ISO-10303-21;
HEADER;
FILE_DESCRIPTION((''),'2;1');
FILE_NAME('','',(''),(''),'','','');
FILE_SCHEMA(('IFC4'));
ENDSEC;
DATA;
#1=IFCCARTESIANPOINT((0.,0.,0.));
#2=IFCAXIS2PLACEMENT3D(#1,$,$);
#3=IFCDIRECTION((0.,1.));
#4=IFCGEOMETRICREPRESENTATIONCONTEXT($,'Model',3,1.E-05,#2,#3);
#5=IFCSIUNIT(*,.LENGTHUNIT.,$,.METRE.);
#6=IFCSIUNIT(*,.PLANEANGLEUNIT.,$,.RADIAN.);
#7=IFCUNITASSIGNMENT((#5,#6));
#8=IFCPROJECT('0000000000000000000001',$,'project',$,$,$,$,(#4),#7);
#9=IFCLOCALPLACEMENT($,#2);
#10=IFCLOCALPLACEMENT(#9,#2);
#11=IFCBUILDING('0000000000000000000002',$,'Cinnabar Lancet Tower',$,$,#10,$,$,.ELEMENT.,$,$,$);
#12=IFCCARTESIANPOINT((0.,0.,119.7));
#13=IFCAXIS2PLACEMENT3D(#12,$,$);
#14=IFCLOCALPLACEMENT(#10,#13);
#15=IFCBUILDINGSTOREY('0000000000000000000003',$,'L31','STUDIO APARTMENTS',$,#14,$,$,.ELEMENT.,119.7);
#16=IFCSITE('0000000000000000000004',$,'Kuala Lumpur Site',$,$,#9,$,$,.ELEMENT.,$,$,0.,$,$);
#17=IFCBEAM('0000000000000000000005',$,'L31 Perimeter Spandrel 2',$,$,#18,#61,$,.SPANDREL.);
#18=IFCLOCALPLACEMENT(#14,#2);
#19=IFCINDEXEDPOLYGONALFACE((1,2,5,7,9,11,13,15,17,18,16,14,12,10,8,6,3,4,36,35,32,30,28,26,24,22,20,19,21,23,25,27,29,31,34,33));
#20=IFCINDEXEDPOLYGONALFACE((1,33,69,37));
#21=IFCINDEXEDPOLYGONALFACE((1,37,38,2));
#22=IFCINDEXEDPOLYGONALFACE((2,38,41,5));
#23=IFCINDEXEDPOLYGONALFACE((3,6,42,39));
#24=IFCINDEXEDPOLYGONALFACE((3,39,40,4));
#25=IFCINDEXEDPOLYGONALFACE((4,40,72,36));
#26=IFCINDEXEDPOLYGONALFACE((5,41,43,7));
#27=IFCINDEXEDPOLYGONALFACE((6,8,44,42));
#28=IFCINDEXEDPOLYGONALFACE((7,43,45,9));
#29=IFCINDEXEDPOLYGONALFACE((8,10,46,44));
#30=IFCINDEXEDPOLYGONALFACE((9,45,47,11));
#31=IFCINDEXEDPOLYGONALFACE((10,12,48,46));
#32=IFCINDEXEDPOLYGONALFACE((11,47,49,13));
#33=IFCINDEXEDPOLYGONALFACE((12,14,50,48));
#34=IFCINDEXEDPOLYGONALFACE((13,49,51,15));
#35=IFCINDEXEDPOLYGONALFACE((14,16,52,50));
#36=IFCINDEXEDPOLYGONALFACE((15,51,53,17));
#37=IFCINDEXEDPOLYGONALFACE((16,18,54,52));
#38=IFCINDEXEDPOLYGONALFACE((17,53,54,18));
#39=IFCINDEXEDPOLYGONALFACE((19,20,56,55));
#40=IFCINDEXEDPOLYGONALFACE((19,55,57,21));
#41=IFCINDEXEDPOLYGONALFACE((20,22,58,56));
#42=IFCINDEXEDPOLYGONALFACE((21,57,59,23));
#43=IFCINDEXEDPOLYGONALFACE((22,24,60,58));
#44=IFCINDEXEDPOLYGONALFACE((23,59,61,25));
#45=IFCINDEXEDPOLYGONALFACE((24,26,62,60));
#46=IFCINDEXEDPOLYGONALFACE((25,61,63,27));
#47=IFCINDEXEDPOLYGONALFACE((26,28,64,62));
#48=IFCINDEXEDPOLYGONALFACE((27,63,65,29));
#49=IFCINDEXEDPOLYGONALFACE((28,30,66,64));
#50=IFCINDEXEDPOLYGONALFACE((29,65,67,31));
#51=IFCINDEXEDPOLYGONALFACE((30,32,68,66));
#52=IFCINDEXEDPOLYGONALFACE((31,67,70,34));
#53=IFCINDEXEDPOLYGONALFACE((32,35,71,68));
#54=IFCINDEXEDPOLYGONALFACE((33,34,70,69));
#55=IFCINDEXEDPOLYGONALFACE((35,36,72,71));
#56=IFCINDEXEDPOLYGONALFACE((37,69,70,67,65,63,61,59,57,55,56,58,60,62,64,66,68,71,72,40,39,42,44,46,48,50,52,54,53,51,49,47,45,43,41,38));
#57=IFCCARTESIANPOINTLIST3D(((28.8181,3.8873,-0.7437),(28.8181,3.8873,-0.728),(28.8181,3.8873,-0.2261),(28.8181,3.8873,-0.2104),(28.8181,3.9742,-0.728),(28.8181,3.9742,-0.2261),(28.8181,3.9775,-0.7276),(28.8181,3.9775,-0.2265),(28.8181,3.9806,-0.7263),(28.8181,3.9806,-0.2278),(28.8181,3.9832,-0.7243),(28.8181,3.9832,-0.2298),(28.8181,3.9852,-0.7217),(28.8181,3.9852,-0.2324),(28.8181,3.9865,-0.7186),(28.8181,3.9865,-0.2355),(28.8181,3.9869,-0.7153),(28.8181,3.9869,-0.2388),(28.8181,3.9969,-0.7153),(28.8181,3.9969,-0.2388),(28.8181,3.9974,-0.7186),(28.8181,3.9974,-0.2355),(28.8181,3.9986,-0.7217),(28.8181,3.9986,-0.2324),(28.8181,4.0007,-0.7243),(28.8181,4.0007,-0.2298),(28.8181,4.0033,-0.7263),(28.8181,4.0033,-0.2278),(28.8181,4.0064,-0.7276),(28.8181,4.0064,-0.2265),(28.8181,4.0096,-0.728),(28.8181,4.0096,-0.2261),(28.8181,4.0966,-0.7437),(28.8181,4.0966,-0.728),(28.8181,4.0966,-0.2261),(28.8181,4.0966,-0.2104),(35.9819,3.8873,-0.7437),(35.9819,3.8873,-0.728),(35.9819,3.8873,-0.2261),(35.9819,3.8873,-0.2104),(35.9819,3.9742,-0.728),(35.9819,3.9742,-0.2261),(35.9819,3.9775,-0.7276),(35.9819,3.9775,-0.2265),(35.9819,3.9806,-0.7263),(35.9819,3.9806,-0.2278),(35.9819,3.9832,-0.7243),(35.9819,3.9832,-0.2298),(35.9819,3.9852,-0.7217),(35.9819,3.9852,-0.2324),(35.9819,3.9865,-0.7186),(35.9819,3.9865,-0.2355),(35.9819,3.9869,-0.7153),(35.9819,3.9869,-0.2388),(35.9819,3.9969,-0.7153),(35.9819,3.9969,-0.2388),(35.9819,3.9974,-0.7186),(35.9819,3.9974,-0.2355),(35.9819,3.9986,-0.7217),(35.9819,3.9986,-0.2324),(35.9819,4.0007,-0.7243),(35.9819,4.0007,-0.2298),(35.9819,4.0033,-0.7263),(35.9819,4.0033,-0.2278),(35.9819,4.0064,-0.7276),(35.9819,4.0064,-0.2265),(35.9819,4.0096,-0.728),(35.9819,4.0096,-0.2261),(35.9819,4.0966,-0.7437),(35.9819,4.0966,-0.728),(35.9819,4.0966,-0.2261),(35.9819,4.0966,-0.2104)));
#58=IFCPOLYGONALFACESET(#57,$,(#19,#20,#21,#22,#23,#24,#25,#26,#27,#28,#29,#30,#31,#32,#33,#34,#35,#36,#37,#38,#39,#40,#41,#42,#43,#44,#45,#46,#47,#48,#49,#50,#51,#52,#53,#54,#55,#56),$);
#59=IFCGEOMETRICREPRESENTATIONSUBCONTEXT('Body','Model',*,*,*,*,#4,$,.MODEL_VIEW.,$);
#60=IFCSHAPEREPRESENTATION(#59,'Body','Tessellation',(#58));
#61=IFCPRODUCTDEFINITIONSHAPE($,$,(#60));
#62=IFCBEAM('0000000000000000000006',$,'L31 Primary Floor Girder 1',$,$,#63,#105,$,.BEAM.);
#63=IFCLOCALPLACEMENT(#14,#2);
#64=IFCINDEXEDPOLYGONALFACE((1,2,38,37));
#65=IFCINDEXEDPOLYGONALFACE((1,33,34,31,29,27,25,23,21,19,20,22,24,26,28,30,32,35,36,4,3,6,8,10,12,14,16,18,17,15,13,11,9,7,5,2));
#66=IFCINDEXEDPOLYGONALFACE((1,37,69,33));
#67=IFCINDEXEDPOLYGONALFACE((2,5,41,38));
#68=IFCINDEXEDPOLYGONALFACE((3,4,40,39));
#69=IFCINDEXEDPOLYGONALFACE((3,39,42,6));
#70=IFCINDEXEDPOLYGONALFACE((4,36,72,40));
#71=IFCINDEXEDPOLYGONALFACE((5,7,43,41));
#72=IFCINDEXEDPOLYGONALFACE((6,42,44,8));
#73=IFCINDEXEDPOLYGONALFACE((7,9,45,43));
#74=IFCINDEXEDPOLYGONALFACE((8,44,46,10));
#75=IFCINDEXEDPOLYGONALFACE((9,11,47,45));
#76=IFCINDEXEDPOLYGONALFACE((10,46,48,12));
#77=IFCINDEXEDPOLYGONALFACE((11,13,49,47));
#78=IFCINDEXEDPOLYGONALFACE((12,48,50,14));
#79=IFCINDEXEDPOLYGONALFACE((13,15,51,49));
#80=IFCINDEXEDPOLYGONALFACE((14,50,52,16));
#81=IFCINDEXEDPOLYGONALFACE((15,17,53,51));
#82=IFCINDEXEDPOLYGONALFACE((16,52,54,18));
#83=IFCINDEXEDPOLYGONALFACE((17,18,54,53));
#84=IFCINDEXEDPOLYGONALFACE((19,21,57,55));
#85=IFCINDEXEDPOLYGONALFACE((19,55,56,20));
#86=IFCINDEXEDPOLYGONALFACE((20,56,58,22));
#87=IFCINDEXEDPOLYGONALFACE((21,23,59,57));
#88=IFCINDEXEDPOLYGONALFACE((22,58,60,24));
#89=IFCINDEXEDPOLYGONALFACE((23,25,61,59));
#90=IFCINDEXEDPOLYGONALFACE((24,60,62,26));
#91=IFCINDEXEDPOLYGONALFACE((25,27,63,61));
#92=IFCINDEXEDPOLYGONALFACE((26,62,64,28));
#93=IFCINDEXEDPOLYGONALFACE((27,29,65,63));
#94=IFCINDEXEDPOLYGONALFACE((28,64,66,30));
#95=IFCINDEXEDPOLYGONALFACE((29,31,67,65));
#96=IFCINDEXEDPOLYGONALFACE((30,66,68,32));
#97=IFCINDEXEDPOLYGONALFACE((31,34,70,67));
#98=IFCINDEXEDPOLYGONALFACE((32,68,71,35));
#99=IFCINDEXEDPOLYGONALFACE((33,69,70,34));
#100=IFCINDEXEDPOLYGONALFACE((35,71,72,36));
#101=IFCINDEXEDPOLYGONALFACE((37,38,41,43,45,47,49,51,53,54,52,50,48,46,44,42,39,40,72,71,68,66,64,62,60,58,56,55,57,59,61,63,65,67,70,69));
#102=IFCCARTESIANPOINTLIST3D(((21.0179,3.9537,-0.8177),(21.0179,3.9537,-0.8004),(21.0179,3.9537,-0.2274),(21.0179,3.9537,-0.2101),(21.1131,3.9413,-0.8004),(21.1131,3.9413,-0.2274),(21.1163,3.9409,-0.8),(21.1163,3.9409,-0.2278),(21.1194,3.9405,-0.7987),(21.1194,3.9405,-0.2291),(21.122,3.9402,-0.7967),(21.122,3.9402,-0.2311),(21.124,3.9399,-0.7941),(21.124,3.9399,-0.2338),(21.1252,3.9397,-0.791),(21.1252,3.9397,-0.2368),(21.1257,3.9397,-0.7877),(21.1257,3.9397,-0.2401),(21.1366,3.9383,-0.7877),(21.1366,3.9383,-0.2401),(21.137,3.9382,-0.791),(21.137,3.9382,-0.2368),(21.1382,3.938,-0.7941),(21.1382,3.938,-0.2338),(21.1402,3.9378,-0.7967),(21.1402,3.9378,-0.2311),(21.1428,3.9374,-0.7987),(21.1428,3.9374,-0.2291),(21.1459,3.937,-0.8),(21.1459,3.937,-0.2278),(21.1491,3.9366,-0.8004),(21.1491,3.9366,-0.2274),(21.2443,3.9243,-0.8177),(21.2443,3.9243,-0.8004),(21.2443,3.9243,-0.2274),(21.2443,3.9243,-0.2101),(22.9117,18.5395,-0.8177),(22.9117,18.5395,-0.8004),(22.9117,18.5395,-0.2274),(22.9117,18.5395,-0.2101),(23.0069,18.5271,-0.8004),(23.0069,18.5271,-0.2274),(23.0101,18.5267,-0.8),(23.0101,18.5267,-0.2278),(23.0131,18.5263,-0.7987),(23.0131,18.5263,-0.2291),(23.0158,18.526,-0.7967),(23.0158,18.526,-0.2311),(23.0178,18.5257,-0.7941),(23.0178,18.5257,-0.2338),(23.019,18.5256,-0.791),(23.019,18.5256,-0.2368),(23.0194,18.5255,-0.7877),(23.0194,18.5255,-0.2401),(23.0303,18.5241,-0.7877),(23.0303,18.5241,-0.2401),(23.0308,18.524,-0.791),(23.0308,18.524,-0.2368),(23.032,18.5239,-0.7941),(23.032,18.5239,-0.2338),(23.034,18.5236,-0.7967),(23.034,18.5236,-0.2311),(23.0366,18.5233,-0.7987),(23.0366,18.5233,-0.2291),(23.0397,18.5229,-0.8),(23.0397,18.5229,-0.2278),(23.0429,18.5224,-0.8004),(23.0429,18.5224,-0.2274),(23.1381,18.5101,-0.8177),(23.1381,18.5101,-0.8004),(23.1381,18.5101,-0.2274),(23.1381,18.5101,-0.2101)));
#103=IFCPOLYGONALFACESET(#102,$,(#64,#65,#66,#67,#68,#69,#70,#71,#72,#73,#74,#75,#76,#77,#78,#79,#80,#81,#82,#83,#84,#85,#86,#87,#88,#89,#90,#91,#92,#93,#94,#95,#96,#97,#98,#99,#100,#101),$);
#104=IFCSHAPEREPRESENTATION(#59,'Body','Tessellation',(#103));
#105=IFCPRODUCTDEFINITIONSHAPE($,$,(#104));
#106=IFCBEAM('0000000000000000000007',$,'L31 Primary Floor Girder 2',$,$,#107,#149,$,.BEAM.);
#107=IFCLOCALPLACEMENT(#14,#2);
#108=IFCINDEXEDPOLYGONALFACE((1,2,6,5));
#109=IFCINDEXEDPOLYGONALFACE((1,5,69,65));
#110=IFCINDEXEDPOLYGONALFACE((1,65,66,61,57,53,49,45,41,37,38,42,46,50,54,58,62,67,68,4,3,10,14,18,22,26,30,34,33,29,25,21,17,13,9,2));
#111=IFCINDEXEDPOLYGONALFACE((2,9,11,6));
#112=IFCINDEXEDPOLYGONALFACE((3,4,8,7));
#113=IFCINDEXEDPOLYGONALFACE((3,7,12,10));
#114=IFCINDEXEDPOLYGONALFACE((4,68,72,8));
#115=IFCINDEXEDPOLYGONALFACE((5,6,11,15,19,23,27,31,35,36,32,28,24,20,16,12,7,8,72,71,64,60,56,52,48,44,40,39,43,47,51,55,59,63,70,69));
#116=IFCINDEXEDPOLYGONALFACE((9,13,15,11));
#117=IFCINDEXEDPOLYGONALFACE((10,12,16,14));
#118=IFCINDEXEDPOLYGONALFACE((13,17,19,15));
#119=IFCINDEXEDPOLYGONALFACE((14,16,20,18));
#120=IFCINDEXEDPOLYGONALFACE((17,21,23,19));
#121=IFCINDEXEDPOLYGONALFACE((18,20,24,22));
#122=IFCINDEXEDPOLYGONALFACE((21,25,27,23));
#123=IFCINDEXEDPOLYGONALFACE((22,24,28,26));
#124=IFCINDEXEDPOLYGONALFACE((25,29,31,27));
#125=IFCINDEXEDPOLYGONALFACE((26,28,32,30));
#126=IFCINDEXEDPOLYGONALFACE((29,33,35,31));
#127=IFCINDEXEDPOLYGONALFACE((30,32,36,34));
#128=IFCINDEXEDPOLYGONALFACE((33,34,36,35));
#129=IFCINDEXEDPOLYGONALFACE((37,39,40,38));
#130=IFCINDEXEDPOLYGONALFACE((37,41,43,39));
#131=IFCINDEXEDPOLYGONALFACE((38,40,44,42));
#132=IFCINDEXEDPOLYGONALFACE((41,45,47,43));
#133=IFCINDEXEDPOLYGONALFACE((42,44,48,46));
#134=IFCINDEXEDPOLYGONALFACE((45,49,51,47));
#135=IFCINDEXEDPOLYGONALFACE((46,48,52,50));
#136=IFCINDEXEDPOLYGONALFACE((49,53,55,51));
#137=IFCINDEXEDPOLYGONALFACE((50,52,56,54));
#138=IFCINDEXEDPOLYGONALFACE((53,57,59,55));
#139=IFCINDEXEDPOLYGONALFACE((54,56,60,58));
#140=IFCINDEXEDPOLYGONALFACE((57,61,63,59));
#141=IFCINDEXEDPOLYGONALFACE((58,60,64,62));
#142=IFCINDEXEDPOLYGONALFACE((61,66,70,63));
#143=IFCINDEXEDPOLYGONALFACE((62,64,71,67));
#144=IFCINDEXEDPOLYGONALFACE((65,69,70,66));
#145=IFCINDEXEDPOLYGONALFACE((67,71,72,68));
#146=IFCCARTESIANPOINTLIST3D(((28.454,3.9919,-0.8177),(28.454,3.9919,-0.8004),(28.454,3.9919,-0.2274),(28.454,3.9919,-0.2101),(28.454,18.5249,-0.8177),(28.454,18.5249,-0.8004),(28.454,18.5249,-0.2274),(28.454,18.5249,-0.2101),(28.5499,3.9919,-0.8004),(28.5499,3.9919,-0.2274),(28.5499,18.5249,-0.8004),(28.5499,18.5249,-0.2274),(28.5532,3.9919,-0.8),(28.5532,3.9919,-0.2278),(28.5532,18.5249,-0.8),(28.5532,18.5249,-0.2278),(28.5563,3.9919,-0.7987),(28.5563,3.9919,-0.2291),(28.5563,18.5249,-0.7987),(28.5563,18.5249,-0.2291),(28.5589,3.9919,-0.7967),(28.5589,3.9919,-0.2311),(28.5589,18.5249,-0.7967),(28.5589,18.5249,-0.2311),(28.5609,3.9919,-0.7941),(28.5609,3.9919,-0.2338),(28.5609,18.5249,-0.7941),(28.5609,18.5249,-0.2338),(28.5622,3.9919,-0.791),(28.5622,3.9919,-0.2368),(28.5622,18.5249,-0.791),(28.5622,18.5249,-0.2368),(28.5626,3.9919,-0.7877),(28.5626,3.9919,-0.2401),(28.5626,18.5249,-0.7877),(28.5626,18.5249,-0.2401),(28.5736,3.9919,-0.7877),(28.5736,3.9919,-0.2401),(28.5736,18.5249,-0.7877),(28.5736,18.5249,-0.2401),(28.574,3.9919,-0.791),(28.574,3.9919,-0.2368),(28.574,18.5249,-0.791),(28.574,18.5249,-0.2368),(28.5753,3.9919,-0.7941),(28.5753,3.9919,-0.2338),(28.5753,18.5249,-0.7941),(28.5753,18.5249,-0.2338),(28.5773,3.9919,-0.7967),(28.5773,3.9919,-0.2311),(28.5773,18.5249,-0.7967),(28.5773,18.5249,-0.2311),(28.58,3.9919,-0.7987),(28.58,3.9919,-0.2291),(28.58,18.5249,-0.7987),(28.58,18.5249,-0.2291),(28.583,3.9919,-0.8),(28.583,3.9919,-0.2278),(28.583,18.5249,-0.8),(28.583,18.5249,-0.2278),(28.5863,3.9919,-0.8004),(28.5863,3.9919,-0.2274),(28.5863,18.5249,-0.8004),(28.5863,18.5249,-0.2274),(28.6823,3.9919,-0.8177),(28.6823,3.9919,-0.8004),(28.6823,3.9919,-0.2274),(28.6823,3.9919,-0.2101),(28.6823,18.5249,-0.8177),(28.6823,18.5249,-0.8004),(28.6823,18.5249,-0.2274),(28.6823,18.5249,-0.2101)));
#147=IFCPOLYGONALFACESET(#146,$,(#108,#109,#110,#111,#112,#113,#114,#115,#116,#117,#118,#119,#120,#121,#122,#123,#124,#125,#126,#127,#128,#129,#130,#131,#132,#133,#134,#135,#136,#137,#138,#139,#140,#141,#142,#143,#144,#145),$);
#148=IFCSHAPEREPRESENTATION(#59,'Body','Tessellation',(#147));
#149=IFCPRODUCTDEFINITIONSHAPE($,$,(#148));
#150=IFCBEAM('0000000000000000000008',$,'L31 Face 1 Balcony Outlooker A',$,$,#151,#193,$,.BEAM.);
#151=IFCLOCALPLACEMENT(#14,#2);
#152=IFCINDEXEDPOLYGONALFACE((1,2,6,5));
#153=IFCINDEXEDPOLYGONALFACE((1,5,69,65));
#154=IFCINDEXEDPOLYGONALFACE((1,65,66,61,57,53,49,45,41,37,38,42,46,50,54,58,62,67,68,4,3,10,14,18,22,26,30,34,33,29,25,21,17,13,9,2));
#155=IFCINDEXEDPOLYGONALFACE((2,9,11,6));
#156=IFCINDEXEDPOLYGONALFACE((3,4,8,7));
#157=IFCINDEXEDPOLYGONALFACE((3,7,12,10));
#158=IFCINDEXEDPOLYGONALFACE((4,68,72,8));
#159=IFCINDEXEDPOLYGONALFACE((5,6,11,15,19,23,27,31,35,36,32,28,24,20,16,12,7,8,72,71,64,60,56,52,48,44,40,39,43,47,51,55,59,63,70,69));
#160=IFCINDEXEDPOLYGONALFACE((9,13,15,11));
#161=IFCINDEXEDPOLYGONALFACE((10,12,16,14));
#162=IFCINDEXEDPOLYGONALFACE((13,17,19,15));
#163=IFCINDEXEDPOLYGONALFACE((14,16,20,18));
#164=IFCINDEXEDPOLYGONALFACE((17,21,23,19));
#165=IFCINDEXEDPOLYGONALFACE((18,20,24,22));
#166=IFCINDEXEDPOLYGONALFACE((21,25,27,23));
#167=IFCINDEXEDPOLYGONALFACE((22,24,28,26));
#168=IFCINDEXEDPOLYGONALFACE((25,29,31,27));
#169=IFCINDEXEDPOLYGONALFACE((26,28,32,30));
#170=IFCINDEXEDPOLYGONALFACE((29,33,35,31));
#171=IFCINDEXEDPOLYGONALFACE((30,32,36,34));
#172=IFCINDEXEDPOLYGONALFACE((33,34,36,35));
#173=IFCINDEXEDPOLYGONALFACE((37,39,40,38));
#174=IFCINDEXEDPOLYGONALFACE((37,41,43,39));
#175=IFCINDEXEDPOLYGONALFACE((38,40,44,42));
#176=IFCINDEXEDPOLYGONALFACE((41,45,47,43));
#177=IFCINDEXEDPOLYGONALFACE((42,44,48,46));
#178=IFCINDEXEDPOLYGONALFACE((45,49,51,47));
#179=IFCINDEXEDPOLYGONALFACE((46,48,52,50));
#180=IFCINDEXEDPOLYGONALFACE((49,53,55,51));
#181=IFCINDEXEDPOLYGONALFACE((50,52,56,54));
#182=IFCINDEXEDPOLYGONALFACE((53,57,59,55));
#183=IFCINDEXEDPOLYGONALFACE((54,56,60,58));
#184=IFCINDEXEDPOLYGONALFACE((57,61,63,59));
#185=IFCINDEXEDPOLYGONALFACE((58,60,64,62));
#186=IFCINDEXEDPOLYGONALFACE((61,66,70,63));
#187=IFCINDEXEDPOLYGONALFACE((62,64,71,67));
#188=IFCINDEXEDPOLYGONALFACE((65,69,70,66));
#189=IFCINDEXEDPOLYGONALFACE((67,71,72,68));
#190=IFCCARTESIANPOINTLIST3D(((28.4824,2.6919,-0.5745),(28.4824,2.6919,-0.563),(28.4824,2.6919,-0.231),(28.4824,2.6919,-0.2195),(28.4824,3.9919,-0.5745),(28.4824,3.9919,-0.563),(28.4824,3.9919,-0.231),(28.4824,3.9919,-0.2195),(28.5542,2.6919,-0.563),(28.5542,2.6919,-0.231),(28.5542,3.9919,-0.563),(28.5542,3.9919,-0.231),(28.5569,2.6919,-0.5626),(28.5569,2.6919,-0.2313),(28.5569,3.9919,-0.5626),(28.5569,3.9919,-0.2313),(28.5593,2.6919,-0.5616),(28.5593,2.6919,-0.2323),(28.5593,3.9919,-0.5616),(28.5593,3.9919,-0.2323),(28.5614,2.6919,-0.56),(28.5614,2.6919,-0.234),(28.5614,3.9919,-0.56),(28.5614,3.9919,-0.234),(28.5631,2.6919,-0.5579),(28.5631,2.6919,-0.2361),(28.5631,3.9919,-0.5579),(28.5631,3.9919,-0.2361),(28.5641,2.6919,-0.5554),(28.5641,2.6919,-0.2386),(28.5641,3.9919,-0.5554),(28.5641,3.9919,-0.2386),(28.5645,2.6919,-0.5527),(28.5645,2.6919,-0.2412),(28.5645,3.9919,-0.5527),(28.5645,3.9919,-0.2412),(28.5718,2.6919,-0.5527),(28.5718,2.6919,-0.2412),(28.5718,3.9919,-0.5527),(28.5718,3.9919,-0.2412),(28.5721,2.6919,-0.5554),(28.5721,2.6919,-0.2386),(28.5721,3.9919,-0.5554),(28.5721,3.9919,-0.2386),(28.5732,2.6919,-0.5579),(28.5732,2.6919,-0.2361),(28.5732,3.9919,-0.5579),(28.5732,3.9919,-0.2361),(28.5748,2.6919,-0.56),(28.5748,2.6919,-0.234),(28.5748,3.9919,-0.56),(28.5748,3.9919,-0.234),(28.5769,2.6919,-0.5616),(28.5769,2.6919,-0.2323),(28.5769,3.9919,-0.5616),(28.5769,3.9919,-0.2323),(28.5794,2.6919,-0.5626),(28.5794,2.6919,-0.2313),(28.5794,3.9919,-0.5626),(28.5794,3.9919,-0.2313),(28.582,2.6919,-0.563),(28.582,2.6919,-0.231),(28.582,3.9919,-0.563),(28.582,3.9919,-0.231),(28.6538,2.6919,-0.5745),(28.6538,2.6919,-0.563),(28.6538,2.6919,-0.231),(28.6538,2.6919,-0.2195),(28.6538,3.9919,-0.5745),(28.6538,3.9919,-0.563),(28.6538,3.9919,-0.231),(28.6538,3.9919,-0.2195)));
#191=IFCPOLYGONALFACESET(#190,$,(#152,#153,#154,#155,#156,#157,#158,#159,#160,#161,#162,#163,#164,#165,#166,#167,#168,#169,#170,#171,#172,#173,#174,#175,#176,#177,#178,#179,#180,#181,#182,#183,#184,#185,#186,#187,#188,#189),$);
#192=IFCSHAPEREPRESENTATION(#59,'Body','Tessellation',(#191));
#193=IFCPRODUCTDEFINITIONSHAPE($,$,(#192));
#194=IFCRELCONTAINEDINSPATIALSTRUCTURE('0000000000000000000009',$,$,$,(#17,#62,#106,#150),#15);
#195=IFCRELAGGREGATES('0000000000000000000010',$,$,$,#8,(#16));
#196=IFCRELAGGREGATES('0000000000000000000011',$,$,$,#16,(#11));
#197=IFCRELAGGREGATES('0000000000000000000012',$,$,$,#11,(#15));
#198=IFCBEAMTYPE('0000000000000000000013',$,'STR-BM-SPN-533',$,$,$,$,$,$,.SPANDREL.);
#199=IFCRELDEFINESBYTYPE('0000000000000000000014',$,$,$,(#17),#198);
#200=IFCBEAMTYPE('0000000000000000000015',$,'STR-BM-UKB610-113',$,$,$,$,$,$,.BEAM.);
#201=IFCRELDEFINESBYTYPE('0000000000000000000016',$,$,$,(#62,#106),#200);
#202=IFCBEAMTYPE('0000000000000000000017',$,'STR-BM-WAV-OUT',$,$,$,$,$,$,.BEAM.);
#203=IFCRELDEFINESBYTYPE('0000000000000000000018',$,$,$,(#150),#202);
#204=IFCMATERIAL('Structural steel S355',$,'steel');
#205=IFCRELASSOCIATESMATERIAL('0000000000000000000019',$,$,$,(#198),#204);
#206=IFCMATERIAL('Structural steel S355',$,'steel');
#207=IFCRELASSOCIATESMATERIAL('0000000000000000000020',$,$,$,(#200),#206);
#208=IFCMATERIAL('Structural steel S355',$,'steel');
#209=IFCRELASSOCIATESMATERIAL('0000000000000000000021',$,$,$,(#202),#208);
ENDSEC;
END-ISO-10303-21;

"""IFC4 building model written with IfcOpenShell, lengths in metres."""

from ifc_helpers import new_model, si_unit, direction, frame, origin, origin_2d, place, context, subcontext, project, spatial, i_section, extrude, material, material_profile, profile_set, type_object, element, save


model = new_model("IFC4")

# Units and contexts
model_context = context("Model", 3, precision=1e-05, world=origin(), true_north=direction((0.0, 1.0)))
body_context = subcontext(model_context, "Body", "Model", "MODEL_VIEW")
ifc_project = project(units=[si_unit("LENGTHUNIT", "METRE"), si_unit("PLANEANGLEUNIT", "RADIAN")], contexts=[model_context])

# Site, building, storey
site_placement = place(None, origin())
site = spatial("IfcSite", under=ifc_project, at=site_placement, Name="Kuala Lumpur Site", CompositionType="ELEMENT", RefElevation=0.0)
building_placement = place(site_placement, origin())
building = spatial("IfcBuilding", under=site, at=building_placement, Name="Cinnabar Lancet Tower", CompositionType="ELEMENT")
storey_placement = place(building_placement, frame((0.0, 0.0, 119.7)))
storey = spatial("IfcBuildingStorey", under=building, at=storey_placement, Name="L31", Description="STUDIO APARTMENTS", CompositionType="ELEMENT", Elevation=119.7)

# Beams
ifc_material_1 = material(Name="Structural steel S355", Category="steel")
ifc_material_profile_1 = material_profile(ifc_material_1, i_section(OverallWidth=0.2092, OverallDepth=0.5332, WebThickness=0.01, FlangeThickness=0.0156, FilletRadius=0.0127, at=origin_2d()), Name="UKB 533x210x92")
ifc_profile_set_1 = profile_set([ifc_material_profile_1], Name="Structural steel S355")
beam_type_1 = type_object("IfcBeamType", Name="STR-BM-SPN-533", PredefinedType="SPANDREL", material=ifc_profile_set_1)
beam_1_placement = place(storey_placement, frame((28.8181, 3.9919, -0.4771), z_axis=(1.0, 0.0, 0.0), x_axis=(0.0, 1.0, 0.0)))
element("IfcBeam", 1, at=beam_1_placement, inside=storey, type_object=beam_type_1, Name="L31 Perimeter Spandrel 2", PredefinedType="SPANDREL", context=body_context, shape_type="SweptSolid", body=[
    extrude(i_section(OverallWidth=0.2092, OverallDepth=0.5332, WebThickness=0.01, FlangeThickness=0.0156, FilletRadius=0.0127, at=origin_2d()), origin(), (0.0, 0.0, 1.0), 7.1638),
])
ifc_material_2 = material(Name="Structural steel S355", Category="steel")
ifc_material_profile_2 = material_profile(ifc_material_2, i_section(OverallWidth=0.2283, OverallDepth=0.6077, WebThickness=0.011, FlangeThickness=0.0173, FilletRadius=0.0127, at=origin_2d()), Name="UKB 610x229x113")
ifc_profile_set_2 = profile_set([ifc_material_profile_2], Name="Structural steel S355")
beam_type_2 = type_object("IfcBeamType", Name="STR-BM-UKB610-113", PredefinedType="BEAM", material=ifc_profile_set_2)
beam_2_placement = place(storey_placement, frame((21.1311, 3.939, -0.5139), z_axis=(0.128757, 0.991676, 0.0), x_axis=(-0.991676, 0.128757, 0.0)))
element("IfcBeam", 2, at=beam_2_placement, inside=storey, type_object=beam_type_2, Name="L31 Primary Floor Girder 1", PredefinedType="BEAM", context=body_context, shape_type="SweptSolid", body=[
    extrude(i_section(OverallWidth=0.2283, OverallDepth=0.6077, WebThickness=0.011, FlangeThickness=0.0173, FilletRadius=0.0127, at=origin_2d()), origin(), (0.0, 0.0, 1.0), 14.7083),
])
beam_3_placement = place(storey_placement, frame((28.5681, 3.9919, -0.5139), z_axis=(0.0, 1.0, 0.0), x_axis=(-1.0, 0.0, 0.0)))
element("IfcBeam", 3, at=beam_3_placement, inside=storey, type_object=beam_type_2, Name="L31 Primary Floor Girder 2", PredefinedType="BEAM", context=body_context, shape_type="SweptSolid", body=[
    extrude(i_section(OverallWidth=0.2283, OverallDepth=0.6077, WebThickness=0.011, FlangeThickness=0.0173, FilletRadius=0.0127, at=origin_2d()), origin(), (0.0, 0.0, 1.0), 14.533),
])
ifc_material_3 = material(Name="Structural steel S355", Category="steel")
ifc_material_profile_3 = material_profile(ifc_material_3, i_section(OverallWidth=0.1714, OverallDepth=0.355, WebThickness=0.0073, FlangeThickness=0.0115, FilletRadius=0.0103, at=origin_2d()), Name="UKB 356x171x51")
ifc_profile_set_3 = profile_set([ifc_material_profile_3], Name="Structural steel S355")
beam_type_3 = type_object("IfcBeamType", Name="STR-BM-WAV-OUT", PredefinedType="BEAM", material=ifc_profile_set_3)
beam_4_placement = place(storey_placement, frame((28.5681, 3.9919, -0.397), z_axis=(0.0, -1.0, 0.0), x_axis=(1.0, 0.0, 0.0)))
element("IfcBeam", 4, at=beam_4_placement, inside=storey, type_object=beam_type_3, Name="L31 Face 1 Balcony Outlooker A", PredefinedType="BEAM", context=body_context, shape_type="SweptSolid", body=[
    extrude(i_section(OverallWidth=0.1714, OverallDepth=0.355, WebThickness=0.0073, FlangeThickness=0.0115, FilletRadius=0.0103, at=origin_2d()), origin(), (0.0, 0.0, 1.0), 1.3),
])

save(model, "model.ifc")
